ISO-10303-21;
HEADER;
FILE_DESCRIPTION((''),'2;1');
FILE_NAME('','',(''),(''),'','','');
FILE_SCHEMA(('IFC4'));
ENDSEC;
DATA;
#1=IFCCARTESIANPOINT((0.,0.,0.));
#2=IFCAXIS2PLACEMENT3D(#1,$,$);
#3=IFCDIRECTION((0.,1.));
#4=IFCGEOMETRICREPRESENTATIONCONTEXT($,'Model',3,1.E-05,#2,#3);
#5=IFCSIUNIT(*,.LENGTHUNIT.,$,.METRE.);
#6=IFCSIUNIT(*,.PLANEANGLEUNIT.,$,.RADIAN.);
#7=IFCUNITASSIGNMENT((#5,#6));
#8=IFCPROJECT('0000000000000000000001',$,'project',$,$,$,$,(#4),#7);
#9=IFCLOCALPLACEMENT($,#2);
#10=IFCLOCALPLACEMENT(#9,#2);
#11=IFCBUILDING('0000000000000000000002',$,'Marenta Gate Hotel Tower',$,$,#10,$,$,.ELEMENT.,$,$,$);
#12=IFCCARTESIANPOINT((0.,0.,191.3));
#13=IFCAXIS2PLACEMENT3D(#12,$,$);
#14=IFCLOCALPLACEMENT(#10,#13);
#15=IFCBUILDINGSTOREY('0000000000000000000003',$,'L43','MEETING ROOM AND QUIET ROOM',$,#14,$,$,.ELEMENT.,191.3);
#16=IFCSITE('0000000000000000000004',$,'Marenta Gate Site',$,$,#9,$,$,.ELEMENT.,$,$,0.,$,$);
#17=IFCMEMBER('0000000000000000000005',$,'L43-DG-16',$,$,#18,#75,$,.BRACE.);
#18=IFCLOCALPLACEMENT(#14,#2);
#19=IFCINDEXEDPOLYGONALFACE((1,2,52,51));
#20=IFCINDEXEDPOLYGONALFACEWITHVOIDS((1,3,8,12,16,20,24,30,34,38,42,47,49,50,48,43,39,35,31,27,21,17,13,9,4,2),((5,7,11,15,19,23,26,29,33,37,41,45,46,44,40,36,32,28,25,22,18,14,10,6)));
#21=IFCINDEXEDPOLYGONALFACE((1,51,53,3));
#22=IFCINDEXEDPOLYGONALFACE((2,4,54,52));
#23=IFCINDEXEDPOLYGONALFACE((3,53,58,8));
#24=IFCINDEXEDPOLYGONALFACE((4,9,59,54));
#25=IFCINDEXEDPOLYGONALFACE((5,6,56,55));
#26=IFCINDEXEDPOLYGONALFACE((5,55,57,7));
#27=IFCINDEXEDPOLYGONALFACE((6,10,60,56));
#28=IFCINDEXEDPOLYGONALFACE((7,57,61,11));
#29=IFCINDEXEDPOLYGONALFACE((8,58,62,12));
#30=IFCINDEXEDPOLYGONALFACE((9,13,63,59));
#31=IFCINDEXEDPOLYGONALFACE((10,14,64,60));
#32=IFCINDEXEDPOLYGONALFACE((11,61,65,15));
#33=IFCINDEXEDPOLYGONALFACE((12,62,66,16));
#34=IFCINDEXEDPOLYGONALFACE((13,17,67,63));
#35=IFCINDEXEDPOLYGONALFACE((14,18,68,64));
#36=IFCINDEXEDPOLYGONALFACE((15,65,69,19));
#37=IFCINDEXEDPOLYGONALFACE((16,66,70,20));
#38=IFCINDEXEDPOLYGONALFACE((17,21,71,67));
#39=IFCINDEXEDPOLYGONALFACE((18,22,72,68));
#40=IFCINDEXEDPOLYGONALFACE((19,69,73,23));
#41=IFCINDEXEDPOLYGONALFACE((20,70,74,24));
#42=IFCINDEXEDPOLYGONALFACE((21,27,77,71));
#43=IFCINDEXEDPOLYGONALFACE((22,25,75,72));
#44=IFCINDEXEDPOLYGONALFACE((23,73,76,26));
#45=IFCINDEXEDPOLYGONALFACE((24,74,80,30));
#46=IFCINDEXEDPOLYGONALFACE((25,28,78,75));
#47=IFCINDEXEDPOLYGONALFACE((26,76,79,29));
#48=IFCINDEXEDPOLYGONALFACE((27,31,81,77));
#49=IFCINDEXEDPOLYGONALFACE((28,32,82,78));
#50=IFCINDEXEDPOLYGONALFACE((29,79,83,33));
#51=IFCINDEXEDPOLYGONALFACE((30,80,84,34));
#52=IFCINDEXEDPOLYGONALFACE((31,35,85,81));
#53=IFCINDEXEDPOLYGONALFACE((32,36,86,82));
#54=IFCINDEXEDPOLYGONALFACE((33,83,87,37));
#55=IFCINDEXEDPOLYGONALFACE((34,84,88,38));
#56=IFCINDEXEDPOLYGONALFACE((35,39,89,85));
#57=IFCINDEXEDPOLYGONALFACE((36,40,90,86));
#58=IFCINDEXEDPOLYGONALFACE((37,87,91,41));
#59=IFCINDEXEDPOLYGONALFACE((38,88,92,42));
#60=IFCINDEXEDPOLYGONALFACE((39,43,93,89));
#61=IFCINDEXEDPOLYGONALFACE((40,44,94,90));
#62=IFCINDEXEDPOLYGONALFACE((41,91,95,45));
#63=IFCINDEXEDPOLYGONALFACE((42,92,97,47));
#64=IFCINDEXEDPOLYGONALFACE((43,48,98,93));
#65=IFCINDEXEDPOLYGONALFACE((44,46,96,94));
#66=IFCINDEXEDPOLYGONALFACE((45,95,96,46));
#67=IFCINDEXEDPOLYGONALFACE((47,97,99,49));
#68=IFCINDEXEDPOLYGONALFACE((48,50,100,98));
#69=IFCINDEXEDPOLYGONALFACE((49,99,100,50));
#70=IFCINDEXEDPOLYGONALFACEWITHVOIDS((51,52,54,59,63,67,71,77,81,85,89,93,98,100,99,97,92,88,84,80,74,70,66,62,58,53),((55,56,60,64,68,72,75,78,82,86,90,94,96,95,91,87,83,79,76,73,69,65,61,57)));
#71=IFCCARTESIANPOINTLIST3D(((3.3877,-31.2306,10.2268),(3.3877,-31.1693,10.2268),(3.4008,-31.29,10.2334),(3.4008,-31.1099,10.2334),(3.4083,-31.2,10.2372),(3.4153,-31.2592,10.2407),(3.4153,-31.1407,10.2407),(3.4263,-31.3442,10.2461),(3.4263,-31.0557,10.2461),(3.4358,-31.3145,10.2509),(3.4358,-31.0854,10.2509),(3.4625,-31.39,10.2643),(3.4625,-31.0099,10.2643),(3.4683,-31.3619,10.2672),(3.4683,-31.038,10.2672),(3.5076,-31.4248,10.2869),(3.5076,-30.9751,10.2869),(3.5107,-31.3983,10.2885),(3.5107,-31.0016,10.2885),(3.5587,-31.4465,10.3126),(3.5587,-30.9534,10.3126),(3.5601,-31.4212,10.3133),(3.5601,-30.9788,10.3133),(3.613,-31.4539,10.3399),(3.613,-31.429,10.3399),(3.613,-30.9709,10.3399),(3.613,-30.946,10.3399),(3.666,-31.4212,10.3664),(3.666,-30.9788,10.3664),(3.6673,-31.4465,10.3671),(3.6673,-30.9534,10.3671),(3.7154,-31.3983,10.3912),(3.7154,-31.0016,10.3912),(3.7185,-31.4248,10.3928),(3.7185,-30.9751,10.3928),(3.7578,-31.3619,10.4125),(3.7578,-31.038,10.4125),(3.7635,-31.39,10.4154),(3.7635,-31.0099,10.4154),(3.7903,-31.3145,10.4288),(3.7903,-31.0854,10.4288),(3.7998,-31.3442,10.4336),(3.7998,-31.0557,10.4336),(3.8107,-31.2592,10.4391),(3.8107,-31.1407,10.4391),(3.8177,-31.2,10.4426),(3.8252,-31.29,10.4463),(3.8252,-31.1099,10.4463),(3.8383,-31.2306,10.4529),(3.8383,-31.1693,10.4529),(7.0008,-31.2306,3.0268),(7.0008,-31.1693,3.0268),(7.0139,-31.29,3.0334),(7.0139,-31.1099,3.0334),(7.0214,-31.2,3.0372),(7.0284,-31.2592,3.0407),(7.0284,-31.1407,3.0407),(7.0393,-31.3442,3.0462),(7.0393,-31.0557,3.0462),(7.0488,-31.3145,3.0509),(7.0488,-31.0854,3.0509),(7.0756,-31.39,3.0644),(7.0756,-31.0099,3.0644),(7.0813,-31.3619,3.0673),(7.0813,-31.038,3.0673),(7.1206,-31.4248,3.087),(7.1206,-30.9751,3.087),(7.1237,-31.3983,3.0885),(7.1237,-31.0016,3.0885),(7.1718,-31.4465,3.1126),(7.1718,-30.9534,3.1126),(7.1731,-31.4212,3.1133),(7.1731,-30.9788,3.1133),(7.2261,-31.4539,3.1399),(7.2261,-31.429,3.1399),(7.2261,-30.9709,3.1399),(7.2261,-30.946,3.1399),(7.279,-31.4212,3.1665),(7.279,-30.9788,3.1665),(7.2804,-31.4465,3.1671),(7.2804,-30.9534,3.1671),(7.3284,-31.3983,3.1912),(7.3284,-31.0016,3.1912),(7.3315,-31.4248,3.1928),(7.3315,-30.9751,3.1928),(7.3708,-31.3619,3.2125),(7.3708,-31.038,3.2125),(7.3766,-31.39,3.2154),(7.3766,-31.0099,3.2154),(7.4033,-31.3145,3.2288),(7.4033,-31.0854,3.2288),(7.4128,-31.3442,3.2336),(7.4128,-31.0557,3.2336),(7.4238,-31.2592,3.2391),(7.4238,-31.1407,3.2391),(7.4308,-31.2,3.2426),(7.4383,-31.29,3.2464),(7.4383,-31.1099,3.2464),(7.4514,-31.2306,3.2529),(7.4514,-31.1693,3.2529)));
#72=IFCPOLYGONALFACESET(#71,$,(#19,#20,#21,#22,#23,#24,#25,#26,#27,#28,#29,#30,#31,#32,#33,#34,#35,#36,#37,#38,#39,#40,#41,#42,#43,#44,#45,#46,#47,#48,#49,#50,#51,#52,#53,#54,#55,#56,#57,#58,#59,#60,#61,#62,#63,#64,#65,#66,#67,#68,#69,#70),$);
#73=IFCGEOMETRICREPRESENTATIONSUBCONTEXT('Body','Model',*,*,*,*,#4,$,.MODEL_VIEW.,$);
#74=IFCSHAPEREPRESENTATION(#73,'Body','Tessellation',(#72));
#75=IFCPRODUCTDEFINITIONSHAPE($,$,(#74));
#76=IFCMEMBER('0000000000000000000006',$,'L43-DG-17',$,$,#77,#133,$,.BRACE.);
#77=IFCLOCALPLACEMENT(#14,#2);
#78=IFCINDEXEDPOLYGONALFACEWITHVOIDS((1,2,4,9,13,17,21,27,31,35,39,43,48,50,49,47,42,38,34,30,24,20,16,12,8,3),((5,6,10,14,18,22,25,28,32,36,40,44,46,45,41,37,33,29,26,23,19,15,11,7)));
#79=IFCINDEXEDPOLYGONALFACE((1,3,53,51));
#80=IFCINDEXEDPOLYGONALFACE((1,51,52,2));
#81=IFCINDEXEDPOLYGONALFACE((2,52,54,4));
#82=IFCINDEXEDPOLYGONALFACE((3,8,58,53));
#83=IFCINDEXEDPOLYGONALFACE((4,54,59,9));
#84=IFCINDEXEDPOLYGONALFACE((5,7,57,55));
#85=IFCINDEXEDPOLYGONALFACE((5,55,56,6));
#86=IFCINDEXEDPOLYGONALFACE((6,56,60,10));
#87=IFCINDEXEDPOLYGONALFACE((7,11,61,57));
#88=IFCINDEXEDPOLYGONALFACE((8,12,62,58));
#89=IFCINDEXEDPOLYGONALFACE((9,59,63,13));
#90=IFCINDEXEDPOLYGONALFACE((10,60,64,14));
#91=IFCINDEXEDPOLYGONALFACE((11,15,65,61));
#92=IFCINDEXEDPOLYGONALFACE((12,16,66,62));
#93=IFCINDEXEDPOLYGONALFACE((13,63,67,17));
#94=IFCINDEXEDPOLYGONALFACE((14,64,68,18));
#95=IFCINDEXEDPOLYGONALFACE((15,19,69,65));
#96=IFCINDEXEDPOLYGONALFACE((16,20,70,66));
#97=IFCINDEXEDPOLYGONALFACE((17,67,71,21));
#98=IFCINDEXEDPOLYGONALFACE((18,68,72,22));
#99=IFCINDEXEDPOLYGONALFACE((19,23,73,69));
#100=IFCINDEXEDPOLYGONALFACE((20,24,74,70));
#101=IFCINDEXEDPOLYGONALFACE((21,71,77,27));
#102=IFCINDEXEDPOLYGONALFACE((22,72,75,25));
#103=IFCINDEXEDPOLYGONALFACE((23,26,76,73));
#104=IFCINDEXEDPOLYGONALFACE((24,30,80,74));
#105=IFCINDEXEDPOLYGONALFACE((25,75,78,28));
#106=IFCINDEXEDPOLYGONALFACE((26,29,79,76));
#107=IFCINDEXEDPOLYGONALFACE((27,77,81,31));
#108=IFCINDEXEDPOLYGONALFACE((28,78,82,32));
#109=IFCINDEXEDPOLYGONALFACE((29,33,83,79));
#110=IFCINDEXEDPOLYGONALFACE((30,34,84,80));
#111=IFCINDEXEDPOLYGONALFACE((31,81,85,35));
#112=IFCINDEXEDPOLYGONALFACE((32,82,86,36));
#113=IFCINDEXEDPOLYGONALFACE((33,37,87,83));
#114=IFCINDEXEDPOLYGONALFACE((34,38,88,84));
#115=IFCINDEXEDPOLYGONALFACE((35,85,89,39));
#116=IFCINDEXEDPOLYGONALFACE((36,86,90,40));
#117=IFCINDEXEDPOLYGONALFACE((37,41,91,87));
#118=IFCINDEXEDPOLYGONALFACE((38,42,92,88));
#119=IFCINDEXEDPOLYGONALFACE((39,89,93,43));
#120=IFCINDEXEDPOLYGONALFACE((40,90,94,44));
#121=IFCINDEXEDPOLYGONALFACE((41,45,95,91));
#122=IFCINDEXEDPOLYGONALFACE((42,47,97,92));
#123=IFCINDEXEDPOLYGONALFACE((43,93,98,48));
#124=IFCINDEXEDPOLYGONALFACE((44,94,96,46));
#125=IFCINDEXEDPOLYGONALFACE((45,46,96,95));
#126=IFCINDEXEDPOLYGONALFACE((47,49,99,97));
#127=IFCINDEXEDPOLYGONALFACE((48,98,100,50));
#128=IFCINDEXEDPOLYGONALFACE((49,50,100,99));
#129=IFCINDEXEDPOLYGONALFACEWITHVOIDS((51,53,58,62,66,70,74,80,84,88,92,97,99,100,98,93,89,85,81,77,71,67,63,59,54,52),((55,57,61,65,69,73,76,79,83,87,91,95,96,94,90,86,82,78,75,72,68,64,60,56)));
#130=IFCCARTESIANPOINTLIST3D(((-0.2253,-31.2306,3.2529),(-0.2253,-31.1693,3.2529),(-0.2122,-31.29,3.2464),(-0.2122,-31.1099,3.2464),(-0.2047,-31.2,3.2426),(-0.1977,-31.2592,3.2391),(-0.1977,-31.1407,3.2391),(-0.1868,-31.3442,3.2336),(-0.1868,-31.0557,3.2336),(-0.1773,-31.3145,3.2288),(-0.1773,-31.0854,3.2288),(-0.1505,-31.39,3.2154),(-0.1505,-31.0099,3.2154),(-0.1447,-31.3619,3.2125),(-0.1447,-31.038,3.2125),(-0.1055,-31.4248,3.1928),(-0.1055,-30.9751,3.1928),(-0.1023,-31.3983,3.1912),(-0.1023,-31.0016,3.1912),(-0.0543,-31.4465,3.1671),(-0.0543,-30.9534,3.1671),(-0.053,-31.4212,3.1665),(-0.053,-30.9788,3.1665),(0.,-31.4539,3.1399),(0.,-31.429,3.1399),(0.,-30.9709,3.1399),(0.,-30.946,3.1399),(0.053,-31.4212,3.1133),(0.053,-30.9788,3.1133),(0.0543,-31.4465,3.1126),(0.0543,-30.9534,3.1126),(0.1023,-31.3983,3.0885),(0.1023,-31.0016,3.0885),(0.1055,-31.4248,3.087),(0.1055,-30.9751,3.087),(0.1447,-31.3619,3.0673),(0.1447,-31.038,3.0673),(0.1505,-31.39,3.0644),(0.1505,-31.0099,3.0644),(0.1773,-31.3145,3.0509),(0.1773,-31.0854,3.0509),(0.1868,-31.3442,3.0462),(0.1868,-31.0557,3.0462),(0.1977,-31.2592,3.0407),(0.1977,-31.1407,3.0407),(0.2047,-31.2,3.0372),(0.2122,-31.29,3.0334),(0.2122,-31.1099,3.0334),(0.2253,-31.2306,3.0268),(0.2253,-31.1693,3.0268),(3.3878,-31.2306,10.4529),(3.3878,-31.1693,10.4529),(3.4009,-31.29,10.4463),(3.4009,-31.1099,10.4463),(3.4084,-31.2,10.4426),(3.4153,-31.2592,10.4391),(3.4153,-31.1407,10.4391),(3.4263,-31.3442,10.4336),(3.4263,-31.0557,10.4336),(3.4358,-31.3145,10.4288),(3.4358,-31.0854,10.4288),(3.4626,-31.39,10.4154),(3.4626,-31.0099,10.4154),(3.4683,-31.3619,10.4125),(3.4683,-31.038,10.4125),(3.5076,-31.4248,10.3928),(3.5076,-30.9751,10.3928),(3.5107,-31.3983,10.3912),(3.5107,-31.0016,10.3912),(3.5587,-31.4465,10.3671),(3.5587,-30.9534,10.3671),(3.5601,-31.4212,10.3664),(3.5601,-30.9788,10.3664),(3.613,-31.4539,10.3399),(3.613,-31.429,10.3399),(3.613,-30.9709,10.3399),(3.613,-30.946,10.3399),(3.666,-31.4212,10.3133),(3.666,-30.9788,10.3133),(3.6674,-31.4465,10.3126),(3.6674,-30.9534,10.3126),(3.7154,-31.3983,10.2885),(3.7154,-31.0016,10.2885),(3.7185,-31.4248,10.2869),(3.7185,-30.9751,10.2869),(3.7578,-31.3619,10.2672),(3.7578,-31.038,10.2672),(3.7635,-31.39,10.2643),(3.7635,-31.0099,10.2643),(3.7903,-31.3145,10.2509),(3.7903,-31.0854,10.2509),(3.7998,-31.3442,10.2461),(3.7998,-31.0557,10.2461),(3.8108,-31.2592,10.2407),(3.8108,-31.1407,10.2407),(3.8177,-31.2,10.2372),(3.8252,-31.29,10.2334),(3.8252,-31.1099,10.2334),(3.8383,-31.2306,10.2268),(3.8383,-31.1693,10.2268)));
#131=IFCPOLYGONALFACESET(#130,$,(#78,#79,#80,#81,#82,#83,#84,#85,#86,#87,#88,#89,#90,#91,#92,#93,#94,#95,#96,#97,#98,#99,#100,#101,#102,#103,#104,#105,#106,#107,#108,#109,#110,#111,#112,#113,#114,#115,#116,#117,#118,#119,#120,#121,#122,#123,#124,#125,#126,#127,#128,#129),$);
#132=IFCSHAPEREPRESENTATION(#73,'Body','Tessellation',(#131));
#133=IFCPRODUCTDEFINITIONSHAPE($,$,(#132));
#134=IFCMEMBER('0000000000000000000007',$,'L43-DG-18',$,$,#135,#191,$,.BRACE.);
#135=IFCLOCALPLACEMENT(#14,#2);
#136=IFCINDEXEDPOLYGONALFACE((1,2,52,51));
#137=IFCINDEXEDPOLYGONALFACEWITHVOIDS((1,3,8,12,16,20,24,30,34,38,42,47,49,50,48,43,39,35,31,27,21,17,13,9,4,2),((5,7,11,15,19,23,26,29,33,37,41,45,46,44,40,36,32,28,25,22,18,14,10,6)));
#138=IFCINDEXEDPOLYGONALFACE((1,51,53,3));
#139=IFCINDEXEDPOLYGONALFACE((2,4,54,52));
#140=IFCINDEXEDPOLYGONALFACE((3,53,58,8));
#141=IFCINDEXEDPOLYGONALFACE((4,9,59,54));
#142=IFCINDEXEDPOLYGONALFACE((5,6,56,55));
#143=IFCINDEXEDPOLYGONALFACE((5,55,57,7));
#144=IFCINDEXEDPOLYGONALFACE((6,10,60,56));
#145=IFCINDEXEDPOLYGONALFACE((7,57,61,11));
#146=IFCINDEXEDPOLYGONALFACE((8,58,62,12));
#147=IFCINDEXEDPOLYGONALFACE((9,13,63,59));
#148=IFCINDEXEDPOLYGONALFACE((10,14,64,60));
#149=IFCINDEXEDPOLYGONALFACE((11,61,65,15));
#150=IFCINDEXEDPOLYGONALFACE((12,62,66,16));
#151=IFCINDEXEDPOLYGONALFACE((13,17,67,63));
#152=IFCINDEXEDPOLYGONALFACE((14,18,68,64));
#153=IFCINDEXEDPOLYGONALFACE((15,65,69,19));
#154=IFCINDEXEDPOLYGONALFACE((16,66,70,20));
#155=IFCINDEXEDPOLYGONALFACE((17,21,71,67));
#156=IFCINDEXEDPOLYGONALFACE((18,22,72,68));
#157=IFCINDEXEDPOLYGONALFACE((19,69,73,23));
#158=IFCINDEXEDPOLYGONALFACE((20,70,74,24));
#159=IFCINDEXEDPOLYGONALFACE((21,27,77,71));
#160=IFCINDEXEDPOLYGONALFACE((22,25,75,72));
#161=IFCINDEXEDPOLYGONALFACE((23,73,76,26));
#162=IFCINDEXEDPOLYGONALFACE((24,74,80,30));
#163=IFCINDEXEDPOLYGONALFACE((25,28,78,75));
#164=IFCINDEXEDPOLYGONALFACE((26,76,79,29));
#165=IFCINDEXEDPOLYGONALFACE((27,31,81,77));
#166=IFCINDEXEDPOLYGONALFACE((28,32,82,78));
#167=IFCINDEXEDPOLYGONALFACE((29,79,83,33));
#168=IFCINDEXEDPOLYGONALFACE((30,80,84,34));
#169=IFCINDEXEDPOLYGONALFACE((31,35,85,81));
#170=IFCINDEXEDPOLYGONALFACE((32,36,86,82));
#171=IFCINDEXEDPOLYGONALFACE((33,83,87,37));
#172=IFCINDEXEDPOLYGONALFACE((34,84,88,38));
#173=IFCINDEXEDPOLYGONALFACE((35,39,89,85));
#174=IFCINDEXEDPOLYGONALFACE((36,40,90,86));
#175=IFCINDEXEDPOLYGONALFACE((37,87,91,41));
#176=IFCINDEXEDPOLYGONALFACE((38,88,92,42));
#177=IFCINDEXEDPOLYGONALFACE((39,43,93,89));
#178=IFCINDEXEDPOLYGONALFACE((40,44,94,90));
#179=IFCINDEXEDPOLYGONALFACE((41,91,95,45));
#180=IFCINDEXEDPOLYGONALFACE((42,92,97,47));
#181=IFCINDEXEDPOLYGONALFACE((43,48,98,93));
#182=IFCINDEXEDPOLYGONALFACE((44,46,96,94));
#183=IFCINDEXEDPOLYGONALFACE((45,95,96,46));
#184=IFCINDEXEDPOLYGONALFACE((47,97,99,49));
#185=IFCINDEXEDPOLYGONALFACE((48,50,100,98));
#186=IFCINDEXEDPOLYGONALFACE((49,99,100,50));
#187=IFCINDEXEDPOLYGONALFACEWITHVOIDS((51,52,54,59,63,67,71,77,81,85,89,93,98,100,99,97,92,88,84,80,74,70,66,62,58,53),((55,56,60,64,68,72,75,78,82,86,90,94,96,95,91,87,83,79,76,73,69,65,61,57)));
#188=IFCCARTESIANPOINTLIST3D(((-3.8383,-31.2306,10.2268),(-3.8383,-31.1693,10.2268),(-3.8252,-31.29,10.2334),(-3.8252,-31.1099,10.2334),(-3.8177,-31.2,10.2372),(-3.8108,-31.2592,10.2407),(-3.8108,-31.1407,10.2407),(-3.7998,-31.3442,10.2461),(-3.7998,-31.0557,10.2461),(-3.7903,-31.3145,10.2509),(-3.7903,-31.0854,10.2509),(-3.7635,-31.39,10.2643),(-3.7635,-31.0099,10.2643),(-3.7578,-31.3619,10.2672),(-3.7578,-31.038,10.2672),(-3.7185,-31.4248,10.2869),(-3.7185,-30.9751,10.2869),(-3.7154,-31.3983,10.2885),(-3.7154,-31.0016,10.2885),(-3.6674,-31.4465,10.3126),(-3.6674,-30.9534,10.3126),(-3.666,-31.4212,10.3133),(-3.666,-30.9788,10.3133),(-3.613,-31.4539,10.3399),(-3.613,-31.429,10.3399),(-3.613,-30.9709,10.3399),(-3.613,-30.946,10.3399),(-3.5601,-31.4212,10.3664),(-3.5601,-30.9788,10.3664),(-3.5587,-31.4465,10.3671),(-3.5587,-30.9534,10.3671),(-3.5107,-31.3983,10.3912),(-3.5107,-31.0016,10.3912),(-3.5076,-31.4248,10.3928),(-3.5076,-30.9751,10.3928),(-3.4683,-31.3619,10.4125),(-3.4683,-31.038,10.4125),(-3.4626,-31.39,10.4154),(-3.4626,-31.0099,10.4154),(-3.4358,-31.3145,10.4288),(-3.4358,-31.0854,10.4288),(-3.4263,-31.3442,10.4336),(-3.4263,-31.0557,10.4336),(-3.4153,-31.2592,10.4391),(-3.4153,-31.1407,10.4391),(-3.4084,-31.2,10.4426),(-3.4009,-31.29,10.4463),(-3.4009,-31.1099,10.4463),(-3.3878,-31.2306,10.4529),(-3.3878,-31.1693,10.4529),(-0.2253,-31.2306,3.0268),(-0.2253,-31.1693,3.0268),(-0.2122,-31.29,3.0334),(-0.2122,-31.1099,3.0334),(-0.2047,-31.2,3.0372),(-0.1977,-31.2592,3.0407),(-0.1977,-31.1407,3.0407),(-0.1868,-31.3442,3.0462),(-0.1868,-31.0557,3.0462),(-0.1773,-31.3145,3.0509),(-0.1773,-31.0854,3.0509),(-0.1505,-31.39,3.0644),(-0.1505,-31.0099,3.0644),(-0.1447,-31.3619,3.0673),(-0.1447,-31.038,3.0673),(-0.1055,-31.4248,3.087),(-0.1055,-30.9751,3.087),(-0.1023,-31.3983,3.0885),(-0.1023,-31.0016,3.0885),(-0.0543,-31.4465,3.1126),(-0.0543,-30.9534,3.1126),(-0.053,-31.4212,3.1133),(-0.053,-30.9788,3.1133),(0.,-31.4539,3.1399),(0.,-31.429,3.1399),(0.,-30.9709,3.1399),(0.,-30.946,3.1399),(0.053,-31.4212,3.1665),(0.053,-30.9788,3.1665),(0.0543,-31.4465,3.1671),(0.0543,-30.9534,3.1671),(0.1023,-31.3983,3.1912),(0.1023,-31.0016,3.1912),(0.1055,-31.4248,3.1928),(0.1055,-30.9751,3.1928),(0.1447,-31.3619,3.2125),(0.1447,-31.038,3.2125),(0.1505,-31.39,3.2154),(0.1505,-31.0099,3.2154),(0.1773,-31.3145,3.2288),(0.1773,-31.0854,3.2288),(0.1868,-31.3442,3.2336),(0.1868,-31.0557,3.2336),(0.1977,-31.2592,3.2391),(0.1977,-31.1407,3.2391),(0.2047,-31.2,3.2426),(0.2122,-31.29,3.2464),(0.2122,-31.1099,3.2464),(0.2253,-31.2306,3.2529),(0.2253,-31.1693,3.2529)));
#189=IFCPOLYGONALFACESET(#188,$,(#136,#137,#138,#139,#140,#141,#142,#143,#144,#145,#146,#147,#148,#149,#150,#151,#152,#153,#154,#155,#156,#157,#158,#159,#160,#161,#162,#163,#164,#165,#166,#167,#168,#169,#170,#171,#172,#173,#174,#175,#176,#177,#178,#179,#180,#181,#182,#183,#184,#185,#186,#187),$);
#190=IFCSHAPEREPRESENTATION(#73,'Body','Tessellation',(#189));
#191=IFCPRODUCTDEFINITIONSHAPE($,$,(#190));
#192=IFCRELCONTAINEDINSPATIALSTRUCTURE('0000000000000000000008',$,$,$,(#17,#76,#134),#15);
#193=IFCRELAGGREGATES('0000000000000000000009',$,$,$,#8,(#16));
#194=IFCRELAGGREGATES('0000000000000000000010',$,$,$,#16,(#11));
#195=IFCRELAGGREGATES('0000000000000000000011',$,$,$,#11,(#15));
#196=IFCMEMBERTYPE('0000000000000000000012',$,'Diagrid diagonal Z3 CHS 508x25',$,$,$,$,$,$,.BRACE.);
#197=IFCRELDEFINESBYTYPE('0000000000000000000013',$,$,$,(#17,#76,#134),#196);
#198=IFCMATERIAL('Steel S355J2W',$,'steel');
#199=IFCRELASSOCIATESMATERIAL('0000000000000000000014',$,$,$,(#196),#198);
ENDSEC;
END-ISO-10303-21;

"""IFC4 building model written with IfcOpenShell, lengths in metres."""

from ifc_helpers import new_model, si_unit, direction, frame, origin, origin_2d, place, context, subcontext, project, spatial, hollow_circle, extrude, material, material_profile, profile_set, type_object, element, save


model = new_model("IFC4")

# Units and contexts
model_context = context("Model", 3, precision=1e-05, world=origin(), true_north=direction((0.0, 1.0)))
body_context = subcontext(model_context, "Body", "Model", "MODEL_VIEW")
ifc_project = project(units=[si_unit("LENGTHUNIT", "METRE"), si_unit("PLANEANGLEUNIT", "RADIAN")], contexts=[model_context])

# Site, building, storey
site_placement = place(None, origin())
site = spatial("IfcSite", under=ifc_project, at=site_placement, Name="Marenta Gate Site", CompositionType="ELEMENT", RefElevation=0.0)
building_placement = place(site_placement, origin())
building = spatial("IfcBuilding", under=site, at=building_placement, Name="Marenta Gate Hotel Tower", CompositionType="ELEMENT")
storey_placement = place(building_placement, frame((0.0, 0.0, 191.3)))
storey = spatial("IfcBuildingStorey", under=building, at=storey_placement, Name="L43", Description="MEETING ROOM AND QUIET ROOM", CompositionType="ELEMENT", Elevation=191.3)

# Members
ifc_material_1 = material(Name="Steel S355J2W", Category="steel")
ifc_material_profile_1 = material_profile(ifc_material_1, hollow_circle(Radius=0.2539, WallThickness=0.0249, at=origin_2d()), Name="CHS 508x25")
ifc_profile_set_1 = profile_set([ifc_material_profile_1], Name="Steel S355J2W")
member_type_1 = type_object("IfcMemberType", Name="Diagrid diagonal Z3 CHS 508x25", PredefinedType="BRACE", material=ifc_profile_set_1)
for number, where, z_axis, x_axis, name in (
    (1, (7.2261, -31.2, 3.1399), (-0.44851, 0.0, 0.893778), (0.0, -1.0, 0.0), "L43-DG-16"),
    (2, (0.0, -31.2, 3.1399), (0.44851, 0.0, 0.893778), (0.0, 1.0, 0.0), "L43-DG-17"),
    (3, (0.0, -31.2, 3.1399), (-0.44851, 0.0, 0.893778), (0.0, -1.0, 0.0), "L43-DG-18"),
):
    element("IfcMember", number, at=place(storey_placement, frame(where, z_axis=z_axis, x_axis=x_axis)), inside=storey, type_object=member_type_1, Name=name, PredefinedType="BRACE", context=body_context, shape_type="SweptSolid", body=[
        extrude(hollow_circle(Radius=0.2539, WallThickness=0.0249, at=origin_2d()), origin(), (0.0, 0.0, 1.0), 8.0557),
    ])

save(model, "model.ifc")
